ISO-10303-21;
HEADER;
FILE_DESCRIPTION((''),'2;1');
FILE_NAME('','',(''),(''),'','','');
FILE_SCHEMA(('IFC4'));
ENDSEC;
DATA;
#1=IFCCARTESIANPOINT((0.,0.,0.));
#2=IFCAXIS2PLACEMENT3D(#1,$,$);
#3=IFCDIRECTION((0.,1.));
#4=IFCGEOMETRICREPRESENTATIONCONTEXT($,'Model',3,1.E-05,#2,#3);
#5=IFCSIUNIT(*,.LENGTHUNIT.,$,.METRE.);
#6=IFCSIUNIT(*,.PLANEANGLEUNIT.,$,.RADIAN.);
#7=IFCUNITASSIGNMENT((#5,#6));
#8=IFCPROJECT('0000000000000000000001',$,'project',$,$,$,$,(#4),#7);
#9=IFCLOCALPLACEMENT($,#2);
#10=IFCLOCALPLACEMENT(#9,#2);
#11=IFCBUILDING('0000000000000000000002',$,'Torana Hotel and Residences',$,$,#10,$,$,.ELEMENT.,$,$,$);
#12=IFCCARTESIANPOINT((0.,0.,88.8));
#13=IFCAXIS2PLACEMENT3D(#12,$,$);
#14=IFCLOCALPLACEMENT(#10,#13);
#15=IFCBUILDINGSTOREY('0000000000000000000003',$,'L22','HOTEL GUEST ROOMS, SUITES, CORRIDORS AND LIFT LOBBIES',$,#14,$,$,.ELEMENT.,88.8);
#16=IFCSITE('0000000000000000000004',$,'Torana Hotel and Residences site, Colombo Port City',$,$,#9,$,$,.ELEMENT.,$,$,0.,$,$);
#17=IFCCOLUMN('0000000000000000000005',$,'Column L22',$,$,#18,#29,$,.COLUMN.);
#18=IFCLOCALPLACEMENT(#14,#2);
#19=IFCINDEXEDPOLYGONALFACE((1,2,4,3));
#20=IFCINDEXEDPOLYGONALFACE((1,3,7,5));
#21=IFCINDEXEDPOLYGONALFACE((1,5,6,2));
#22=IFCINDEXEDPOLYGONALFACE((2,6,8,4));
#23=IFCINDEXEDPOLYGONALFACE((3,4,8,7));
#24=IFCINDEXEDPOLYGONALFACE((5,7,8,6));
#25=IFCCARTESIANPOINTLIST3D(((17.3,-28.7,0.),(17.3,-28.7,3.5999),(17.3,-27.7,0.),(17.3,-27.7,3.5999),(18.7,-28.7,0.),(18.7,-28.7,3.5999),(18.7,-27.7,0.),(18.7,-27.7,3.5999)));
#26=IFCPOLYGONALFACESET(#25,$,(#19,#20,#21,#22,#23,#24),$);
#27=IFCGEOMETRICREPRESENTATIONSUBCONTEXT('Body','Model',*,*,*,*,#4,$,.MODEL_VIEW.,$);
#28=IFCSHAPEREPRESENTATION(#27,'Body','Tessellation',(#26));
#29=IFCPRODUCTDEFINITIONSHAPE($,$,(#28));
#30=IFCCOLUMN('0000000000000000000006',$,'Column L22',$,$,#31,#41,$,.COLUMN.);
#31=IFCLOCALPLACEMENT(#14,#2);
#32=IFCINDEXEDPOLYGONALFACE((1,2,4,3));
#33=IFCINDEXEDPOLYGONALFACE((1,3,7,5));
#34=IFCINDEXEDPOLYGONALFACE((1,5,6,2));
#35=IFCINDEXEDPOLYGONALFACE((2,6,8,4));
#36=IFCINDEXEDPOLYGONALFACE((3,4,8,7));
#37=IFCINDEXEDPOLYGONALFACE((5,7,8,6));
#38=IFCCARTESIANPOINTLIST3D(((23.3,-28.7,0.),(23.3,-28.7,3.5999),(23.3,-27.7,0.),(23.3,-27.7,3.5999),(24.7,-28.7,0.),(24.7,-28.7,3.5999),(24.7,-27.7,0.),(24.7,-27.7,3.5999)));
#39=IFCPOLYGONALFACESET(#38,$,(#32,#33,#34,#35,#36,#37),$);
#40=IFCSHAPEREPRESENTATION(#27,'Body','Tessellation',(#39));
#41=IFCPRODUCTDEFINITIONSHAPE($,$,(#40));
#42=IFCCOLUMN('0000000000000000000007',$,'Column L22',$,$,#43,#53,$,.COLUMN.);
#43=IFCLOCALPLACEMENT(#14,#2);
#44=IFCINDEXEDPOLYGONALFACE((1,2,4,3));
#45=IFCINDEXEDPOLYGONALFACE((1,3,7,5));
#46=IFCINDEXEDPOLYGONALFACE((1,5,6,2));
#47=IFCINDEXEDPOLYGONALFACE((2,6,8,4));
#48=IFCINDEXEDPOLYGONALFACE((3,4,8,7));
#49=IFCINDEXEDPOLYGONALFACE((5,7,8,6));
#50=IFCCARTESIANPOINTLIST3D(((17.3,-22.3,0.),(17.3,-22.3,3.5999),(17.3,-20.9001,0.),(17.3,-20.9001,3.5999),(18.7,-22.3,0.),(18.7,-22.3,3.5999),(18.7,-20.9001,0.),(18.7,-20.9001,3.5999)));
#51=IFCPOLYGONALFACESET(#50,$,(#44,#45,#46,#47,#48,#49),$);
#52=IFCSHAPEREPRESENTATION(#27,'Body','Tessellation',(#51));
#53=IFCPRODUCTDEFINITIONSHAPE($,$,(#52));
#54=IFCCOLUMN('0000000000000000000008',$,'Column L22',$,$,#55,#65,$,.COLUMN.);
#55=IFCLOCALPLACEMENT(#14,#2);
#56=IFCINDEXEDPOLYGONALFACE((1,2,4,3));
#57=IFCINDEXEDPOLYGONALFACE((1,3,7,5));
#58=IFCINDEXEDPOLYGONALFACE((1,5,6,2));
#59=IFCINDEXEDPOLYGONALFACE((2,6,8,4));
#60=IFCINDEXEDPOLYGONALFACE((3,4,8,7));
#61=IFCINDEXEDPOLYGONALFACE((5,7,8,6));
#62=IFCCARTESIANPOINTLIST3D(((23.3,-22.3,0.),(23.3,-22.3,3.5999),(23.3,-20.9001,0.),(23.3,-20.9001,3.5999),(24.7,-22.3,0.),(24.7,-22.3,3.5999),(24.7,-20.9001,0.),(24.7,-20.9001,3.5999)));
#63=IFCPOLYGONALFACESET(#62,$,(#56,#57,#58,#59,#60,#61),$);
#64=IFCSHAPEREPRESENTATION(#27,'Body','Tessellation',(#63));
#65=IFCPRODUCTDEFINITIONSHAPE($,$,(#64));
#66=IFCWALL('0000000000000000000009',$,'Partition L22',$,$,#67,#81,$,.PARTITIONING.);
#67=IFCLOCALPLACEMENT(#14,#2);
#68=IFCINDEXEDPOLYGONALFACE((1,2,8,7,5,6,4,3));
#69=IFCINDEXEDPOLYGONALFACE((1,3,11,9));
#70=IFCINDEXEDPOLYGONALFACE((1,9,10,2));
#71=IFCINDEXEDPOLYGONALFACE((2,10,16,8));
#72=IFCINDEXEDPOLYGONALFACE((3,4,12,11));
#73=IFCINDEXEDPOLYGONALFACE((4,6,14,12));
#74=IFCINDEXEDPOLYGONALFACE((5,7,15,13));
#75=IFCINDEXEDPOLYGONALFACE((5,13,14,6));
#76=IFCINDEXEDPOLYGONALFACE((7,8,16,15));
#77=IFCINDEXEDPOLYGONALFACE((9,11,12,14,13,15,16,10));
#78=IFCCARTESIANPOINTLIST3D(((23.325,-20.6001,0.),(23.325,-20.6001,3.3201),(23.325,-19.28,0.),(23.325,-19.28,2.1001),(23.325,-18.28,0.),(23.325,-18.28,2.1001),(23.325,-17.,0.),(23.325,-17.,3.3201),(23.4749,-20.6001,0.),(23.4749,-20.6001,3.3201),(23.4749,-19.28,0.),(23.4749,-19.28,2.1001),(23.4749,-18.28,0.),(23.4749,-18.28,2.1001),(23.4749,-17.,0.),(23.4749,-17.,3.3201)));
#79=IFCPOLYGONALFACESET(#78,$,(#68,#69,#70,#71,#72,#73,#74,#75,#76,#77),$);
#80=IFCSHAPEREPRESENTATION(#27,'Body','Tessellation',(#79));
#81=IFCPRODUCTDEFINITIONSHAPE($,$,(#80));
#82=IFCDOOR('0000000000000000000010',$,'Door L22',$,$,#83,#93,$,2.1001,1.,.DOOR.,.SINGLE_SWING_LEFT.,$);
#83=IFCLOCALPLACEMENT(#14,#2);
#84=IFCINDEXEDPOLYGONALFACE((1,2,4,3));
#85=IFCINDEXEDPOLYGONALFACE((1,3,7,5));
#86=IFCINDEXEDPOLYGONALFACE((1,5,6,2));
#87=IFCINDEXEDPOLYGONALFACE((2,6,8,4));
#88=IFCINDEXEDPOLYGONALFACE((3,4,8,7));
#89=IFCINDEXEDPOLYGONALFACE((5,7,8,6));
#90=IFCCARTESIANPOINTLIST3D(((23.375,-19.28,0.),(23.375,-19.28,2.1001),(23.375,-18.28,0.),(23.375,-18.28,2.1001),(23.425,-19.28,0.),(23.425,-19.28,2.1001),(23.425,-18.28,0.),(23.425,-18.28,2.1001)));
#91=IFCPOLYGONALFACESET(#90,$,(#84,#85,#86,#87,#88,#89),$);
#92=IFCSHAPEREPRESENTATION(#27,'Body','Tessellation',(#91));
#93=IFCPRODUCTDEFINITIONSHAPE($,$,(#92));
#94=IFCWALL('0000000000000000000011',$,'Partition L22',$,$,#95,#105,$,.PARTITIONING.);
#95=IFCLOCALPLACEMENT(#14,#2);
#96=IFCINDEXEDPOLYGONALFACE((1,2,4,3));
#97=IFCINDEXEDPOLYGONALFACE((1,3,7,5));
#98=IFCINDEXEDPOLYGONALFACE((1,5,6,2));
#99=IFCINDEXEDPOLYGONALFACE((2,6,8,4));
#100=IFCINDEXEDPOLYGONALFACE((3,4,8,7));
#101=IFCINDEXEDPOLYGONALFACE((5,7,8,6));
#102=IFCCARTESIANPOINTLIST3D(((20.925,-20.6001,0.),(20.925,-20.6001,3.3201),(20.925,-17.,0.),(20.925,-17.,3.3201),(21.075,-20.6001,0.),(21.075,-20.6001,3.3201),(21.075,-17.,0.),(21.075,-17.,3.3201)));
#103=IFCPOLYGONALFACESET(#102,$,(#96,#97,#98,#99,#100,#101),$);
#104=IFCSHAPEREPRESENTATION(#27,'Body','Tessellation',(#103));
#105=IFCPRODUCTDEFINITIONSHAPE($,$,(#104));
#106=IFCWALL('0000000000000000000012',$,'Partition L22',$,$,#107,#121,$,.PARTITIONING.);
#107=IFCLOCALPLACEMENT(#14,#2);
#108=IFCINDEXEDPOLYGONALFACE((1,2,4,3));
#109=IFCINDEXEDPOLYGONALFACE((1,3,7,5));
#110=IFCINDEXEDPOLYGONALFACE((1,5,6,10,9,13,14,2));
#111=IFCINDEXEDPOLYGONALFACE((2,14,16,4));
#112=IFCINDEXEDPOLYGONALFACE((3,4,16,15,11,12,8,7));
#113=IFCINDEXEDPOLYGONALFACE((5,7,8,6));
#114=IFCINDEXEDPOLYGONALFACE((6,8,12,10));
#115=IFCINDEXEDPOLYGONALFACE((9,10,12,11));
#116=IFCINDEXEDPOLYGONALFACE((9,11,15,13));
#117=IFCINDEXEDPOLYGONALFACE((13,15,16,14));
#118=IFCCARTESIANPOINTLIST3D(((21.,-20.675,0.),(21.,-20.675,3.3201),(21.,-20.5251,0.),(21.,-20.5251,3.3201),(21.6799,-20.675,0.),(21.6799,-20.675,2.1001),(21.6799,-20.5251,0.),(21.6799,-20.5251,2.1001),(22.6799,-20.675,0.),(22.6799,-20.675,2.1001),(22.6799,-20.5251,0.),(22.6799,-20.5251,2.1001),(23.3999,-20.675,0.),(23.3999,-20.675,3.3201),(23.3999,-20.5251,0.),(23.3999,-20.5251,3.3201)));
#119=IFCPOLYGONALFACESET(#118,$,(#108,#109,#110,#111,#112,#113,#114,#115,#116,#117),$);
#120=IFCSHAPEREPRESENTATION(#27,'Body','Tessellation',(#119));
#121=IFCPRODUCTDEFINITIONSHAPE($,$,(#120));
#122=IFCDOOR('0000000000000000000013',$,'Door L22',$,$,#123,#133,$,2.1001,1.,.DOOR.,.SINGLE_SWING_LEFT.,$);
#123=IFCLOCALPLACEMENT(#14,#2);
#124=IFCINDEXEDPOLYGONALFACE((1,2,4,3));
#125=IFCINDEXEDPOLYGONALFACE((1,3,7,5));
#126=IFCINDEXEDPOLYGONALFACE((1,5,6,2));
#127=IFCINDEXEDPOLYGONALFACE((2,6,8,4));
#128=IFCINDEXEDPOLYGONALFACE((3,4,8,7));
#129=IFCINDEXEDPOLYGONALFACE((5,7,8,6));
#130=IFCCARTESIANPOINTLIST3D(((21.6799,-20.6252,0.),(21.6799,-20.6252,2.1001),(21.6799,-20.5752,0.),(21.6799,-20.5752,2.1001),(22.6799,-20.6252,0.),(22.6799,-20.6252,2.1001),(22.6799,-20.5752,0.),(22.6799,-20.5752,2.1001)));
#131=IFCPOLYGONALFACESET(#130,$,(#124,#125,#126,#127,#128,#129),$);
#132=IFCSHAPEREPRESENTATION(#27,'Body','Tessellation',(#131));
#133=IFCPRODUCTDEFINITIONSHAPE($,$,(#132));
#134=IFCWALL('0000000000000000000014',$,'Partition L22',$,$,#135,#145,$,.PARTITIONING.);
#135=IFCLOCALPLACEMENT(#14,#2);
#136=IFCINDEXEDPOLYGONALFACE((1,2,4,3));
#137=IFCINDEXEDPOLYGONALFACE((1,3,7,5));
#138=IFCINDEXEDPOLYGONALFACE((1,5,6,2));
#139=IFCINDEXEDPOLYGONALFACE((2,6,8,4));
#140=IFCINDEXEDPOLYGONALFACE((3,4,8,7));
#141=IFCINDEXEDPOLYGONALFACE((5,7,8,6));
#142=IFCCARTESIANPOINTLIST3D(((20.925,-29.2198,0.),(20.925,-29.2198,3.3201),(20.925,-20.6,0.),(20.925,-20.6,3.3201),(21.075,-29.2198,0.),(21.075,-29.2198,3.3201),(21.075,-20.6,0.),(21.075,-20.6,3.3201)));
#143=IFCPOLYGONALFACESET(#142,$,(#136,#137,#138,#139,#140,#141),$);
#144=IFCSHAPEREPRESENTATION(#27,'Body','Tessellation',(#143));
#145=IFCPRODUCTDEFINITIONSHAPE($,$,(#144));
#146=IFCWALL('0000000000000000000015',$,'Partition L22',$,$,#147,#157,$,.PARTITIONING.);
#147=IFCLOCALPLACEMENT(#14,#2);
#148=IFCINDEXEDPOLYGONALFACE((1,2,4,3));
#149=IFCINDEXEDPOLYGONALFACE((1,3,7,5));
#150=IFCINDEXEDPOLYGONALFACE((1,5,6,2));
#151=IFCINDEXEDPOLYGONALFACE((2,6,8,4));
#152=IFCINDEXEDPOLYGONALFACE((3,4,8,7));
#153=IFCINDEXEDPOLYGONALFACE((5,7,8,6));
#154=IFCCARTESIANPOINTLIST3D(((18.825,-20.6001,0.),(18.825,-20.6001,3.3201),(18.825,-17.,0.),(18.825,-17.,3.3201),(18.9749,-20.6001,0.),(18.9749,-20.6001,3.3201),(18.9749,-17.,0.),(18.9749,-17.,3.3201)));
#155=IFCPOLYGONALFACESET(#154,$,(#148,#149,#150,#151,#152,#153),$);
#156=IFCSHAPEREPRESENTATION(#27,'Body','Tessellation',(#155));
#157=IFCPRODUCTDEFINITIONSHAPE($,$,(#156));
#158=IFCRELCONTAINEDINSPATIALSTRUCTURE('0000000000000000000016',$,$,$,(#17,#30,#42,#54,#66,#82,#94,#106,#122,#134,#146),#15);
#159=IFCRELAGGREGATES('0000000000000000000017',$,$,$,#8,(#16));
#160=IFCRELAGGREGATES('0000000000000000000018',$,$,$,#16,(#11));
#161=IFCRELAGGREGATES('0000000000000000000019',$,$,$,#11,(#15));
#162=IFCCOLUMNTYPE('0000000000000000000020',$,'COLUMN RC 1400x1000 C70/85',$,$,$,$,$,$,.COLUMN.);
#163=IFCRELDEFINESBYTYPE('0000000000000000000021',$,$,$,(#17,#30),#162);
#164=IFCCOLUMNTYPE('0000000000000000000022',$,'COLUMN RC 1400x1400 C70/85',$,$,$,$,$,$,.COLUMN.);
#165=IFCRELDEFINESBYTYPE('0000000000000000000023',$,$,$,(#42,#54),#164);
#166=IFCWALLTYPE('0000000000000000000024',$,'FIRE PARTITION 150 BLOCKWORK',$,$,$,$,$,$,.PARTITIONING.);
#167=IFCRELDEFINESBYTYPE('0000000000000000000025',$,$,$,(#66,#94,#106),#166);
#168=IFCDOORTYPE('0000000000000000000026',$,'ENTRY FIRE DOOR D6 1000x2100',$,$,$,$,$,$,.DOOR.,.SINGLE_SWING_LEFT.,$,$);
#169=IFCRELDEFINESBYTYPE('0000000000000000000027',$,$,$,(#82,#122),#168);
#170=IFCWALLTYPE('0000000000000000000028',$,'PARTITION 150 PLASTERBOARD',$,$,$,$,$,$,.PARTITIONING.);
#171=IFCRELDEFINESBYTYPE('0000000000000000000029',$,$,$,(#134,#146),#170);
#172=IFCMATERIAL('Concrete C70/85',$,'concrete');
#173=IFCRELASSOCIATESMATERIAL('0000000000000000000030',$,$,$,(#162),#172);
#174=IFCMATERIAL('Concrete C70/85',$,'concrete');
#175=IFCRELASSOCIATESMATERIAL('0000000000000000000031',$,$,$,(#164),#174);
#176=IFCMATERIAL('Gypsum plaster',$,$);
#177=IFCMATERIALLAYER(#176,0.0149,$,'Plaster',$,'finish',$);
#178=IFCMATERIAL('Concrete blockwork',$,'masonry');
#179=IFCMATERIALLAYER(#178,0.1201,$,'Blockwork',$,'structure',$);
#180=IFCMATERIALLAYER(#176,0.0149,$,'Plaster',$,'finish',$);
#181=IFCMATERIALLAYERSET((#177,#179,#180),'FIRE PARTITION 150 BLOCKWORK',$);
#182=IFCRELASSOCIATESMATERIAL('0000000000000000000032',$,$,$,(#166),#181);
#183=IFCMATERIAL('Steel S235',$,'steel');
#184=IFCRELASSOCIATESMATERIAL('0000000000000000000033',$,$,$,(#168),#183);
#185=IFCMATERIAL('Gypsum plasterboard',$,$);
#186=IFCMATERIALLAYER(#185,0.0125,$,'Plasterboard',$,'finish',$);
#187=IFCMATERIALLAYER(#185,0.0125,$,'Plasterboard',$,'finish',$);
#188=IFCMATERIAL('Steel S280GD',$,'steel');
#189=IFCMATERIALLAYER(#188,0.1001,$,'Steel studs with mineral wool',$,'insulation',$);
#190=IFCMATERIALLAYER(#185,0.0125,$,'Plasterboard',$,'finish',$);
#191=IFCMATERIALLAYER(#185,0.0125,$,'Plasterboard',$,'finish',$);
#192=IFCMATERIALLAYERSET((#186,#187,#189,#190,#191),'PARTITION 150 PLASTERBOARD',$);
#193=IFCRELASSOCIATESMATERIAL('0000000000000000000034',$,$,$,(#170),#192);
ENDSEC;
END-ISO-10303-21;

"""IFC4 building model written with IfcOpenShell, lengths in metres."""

from ifc_helpers import new_model, si_unit, direction, frame, frame_2d, origin, origin_2d, place, context, subcontext, project, spatial, rectangle, extrude, material, layer, layer_set, material_profile, profile_set, type_object, element, fill, save


model = new_model("IFC4")

# Units and contexts
model_context = context("Model", 3, precision=1e-05, world=origin(), true_north=direction((0.0, 1.0)))
body_context = subcontext(model_context, "Body", "Model", "MODEL_VIEW")
ifc_project = project(units=[si_unit("LENGTHUNIT", "METRE"), si_unit("PLANEANGLEUNIT", "RADIAN")], contexts=[model_context])

# Site, building, storey
site_placement = place(None, origin())
site = spatial("IfcSite", under=ifc_project, at=site_placement, Name="Torana Hotel and Residences site, Colombo Port City", CompositionType="ELEMENT", RefElevation=0.0)
building_placement = place(site_placement, origin())
building = spatial("IfcBuilding", under=site, at=building_placement, Name="Torana Hotel and Residences", CompositionType="ELEMENT")
storey_placement = place(building_placement, frame((0.0, 0.0, 88.8)))
storey = spatial("IfcBuildingStorey", under=building, at=storey_placement, Name="L22", Description="HOTEL GUEST ROOMS, SUITES, CORRIDORS AND LIFT LOBBIES", CompositionType="ELEMENT", Elevation=88.8)

# Columns
ifc_material_1 = material(Name="Concrete C70/85", Category="concrete")
ifc_material_profile_1 = material_profile(ifc_material_1, rectangle(XDim=1.3999, YDim=1.0, at=origin_2d()), Name="RC 1400x1000")
ifc_profile_set_1 = profile_set([ifc_material_profile_1], Name="Concrete C70/85")
column_type_1 = type_object("IfcColumnType", Name="COLUMN RC 1400x1000 C70/85", PredefinedType="COLUMN", material=ifc_profile_set_1)
for number, where, z_axis, x_axis, name in (
    (1, (18.0, -28.2, 0.0), (0.0, 0.0, 1.0), (1.0, 0.0, 0.0), "Column L22"),
    (2, (24.0, -28.2, 0.0), (0.0, 0.0, 1.0), (1.0, 0.0, 0.0), "Column L22"),
):
    element("IfcColumn", number, at=place(storey_placement, frame(where, z_axis=z_axis, x_axis=x_axis)), inside=storey, type_object=column_type_1, Name=name, PredefinedType="COLUMN", context=body_context, shape_type="SweptSolid", body=[
        extrude(rectangle(XDim=1.3999, YDim=1.0, at=origin_2d()), origin(), (0.0, 0.0, 1.0), 3.5999),
    ])
ifc_material_2 = material(Name="Concrete C70/85", Category="concrete")
ifc_material_profile_2 = material_profile(ifc_material_2, rectangle(XDim=1.3999, YDim=1.3999, at=origin_2d()), Name="RC 1400x1400")
ifc_profile_set_2 = profile_set([ifc_material_profile_2], Name="Concrete C70/85")
column_type_2 = type_object("IfcColumnType", Name="COLUMN RC 1400x1400 C70/85", PredefinedType="COLUMN", material=ifc_profile_set_2)
for number, where, z_axis, x_axis, name in (
    (3, (18.0, -21.6001, 0.0), (0.0, 0.0, 1.0), (1.0, 0.0, 0.0), "Column L22"),
    (4, (24.0, -21.6001, 0.0), (0.0, 0.0, 1.0), (1.0, 0.0, 0.0), "Column L22"),
):
    element("IfcColumn", number, at=place(storey_placement, frame(where, z_axis=z_axis, x_axis=x_axis)), inside=storey, type_object=column_type_2, Name=name, PredefinedType="COLUMN", context=body_context, shape_type="SweptSolid", body=[
        extrude(rectangle(XDim=1.3999, YDim=1.3999, at=origin_2d()), origin(), (0.0, 0.0, 1.0), 3.5999),
    ])

# Wall, opening, door
ifc_material_3 = material(Name="Gypsum plaster")
ifc_layer_1 = layer(ifc_material_3, 0.0149, Name="Plaster", Category="finish")
ifc_material_4 = material(Name="Concrete blockwork", Category="masonry")
ifc_layer_2 = layer(ifc_material_4, 0.1201, Name="Blockwork", Category="structure")
ifc_layer_3 = layer(ifc_material_3, 0.0149, Name="Plaster", Category="finish")
ifc_layer_set_1 = layer_set([ifc_layer_1, ifc_layer_2, ifc_layer_3], Name="FIRE PARTITION 150 BLOCKWORK")
wall_type_1 = type_object("IfcWallType", Name="FIRE PARTITION 150 BLOCKWORK", PredefinedType="PARTITIONING", material=ifc_layer_set_1)
wall_1_placement = place(storey_placement, frame((23.3999, -20.6001, 0.0), z_axis=(0.0, 0.0, 1.0), x_axis=(0.0, 1.0, 0.0)))
wall_1 = element("IfcWall", 5, at=wall_1_placement, inside=storey, type_object=wall_type_1, Name="Partition L22", PredefinedType="PARTITIONING", context=body_context, shape_type="SweptSolid", body=[
    extrude(rectangle(XDim=3.6001, YDim=0.1499, at=frame_2d((1.8, 0.0))), origin(), (0.0, 0.0, 1.0), 3.3201),
])
opening_1_placement = place(wall_1_placement, frame((1.3201, 0.0, 0.0)))
opening_1 = element("IfcOpeningElement", 6, at=opening_1_placement, cuts=wall_1, PredefinedType="OPENING", context=body_context, shape_type="SweptSolid", body=[
    extrude(rectangle(XDim=1.0, YDim=2.1001, at=frame_2d((0.5, 1.05))), frame((0.0, 0.085, 0.0), z_axis=(0.0, -1.0, 0.0), x_axis=(1.0, 0.0, 0.0)), (0.0, 0.0, 1.0), 0.1699),
])
ifc_material_5 = material(Name="Steel S235", Category="steel")
door_type_1 = type_object("IfcDoorType", Name="ENTRY FIRE DOOR D6 1000x2100", OperationType="SINGLE_SWING_LEFT", PredefinedType="DOOR", material=ifc_material_5)
door_1_placement = place(opening_1_placement, frame((0.5, 0.0, 0.0), z_axis=(0.0, 0.0, 1.0), x_axis=(-1.0, 0.0, 0.0)))
door_1 = element("IfcDoor", 7, at=door_1_placement, inside=storey, type_object=door_type_1, Name="Door L22", OperationType="SINGLE_SWING_LEFT", OverallHeight=2.1001, OverallWidth=1.0, PredefinedType="DOOR", context=body_context, shape_type="SweptSolid", body=[
    extrude(rectangle(XDim=1.0, YDim=2.1001, at=frame_2d((0.0, 1.05))), frame((0.0, -0.0249, 0.0), z_axis=(0.0, 1.0, 0.0), x_axis=(-1.0, 0.0, 0.0)), (0.0, 0.0, 1.0), 0.05),
])
fill(opening_1, door_1)

# Wall
wall_2_placement = place(storey_placement, frame((21.0, -20.6001, 0.0), z_axis=(0.0, 0.0, 1.0), x_axis=(0.0, 1.0, 0.0)))
element("IfcWall", 8, at=wall_2_placement, inside=storey, type_object=wall_type_1, Name="Partition L22", PredefinedType="PARTITIONING", context=body_context, shape_type="SweptSolid", body=[
    extrude(rectangle(XDim=3.6001, YDim=0.1499, at=frame_2d((1.8, 0.0))), origin(), (0.0, 0.0, 1.0), 3.3201),
])

# Wall, opening, door
wall_3_placement = place(storey_placement, frame((21.0, -20.6001, 0.0), z_axis=(0.0, 0.0, 1.0), x_axis=(1.0, 0.0, 0.0)))
wall_3 = element("IfcWall", 9, at=wall_3_placement, inside=storey, type_object=wall_type_1, Name="Partition L22", PredefinedType="PARTITIONING", context=body_context, shape_type="SweptSolid", body=[
    extrude(rectangle(XDim=2.3999, YDim=0.1499, at=frame_2d((1.2, 0.0))), origin(), (0.0, 0.0, 1.0), 3.3201),
])
opening_2_placement = place(wall_3_placement, frame((0.6799, 0.0, 0.0)))
opening_2 = element("IfcOpeningElement", 10, at=opening_2_placement, cuts=wall_3, PredefinedType="OPENING", context=body_context, shape_type="SweptSolid", body=[
    extrude(rectangle(XDim=1.0, YDim=2.1001, at=frame_2d((0.5, 1.05))), frame((0.0, 0.085, 0.0), z_axis=(0.0, -1.0, 0.0), x_axis=(1.0, 0.0, 0.0)), (0.0, 0.0, 1.0), 0.1699),
])
door_2_placement = place(opening_2_placement, frame((0.5, 0.0, 0.0), z_axis=(0.0, 0.0, 1.0), x_axis=(-1.0, 0.0, 0.0)))
door_2 = element("IfcDoor", 11, at=door_2_placement, inside=storey, type_object=door_type_1, Name="Door L22", OperationType="SINGLE_SWING_LEFT", OverallHeight=2.1001, OverallWidth=1.0, PredefinedType="DOOR", context=body_context, shape_type="SweptSolid", body=[
    extrude(rectangle(XDim=1.0, YDim=2.1001, at=frame_2d((0.0, 1.05))), frame((0.0, -0.0249, 0.0), z_axis=(0.0, 1.0, 0.0), x_axis=(-1.0, 0.0, 0.0)), (0.0, 0.0, 1.0), 0.05),
])
fill(opening_2, door_2)

# Walls
ifc_material_6 = material(Name="Gypsum plasterboard")
ifc_layer_4 = layer(ifc_material_6, 0.0125, Name="Plasterboard", Category="finish")
ifc_layer_5 = layer(ifc_material_6, 0.0125, Name="Plasterboard", Category="finish")
ifc_material_7 = material(Name="Steel S280GD", Category="steel")
ifc_layer_6 = layer(ifc_material_7, 0.1001, Name="Steel studs with mineral wool", Category="insulation")
ifc_layer_7 = layer(ifc_material_6, 0.0125, Name="Plasterboard", Category="finish")
ifc_layer_8 = layer(ifc_material_6, 0.0125, Name="Plasterboard", Category="finish")
ifc_layer_set_2 = layer_set([ifc_layer_4, ifc_layer_5, ifc_layer_6, ifc_layer_7, ifc_layer_8], Name="PARTITION 150 PLASTERBOARD")
wall_type_2 = type_object("IfcWallType", Name="PARTITION 150 PLASTERBOARD", PredefinedType="PARTITIONING", material=ifc_layer_set_2)
wall_4_placement = place(storey_placement, frame((21.0, -29.22, 0.0), z_axis=(0.0, 0.0, 1.0), x_axis=(0.0, 1.0, 0.0)))
element("IfcWall", 12, at=wall_4_placement, inside=storey, type_object=wall_type_2, Name="Partition L22", PredefinedType="PARTITIONING", context=body_context, shape_type="SweptSolid", body=[
    extrude(rectangle(XDim=8.6199, YDim=0.1499, at=frame_2d((4.3101, 0.0))), origin(), (0.0, 0.0, 1.0), 3.3201),
])
wall_5_placement = place(storey_placement, frame((18.8999, -20.6001, 0.0), z_axis=(0.0, 0.0, 1.0), x_axis=(0.0, 1.0, 0.0)))
element("IfcWall", 13, at=wall_5_placement, inside=storey, type_object=wall_type_2, Name="Partition L22", PredefinedType="PARTITIONING", context=body_context, shape_type="SweptSolid", body=[
    extrude(rectangle(XDim=3.6001, YDim=0.1499, at=frame_2d((1.8, 0.0))), origin(), (0.0, 0.0, 1.0), 3.3201),
])

save(model, "model.ifc")
